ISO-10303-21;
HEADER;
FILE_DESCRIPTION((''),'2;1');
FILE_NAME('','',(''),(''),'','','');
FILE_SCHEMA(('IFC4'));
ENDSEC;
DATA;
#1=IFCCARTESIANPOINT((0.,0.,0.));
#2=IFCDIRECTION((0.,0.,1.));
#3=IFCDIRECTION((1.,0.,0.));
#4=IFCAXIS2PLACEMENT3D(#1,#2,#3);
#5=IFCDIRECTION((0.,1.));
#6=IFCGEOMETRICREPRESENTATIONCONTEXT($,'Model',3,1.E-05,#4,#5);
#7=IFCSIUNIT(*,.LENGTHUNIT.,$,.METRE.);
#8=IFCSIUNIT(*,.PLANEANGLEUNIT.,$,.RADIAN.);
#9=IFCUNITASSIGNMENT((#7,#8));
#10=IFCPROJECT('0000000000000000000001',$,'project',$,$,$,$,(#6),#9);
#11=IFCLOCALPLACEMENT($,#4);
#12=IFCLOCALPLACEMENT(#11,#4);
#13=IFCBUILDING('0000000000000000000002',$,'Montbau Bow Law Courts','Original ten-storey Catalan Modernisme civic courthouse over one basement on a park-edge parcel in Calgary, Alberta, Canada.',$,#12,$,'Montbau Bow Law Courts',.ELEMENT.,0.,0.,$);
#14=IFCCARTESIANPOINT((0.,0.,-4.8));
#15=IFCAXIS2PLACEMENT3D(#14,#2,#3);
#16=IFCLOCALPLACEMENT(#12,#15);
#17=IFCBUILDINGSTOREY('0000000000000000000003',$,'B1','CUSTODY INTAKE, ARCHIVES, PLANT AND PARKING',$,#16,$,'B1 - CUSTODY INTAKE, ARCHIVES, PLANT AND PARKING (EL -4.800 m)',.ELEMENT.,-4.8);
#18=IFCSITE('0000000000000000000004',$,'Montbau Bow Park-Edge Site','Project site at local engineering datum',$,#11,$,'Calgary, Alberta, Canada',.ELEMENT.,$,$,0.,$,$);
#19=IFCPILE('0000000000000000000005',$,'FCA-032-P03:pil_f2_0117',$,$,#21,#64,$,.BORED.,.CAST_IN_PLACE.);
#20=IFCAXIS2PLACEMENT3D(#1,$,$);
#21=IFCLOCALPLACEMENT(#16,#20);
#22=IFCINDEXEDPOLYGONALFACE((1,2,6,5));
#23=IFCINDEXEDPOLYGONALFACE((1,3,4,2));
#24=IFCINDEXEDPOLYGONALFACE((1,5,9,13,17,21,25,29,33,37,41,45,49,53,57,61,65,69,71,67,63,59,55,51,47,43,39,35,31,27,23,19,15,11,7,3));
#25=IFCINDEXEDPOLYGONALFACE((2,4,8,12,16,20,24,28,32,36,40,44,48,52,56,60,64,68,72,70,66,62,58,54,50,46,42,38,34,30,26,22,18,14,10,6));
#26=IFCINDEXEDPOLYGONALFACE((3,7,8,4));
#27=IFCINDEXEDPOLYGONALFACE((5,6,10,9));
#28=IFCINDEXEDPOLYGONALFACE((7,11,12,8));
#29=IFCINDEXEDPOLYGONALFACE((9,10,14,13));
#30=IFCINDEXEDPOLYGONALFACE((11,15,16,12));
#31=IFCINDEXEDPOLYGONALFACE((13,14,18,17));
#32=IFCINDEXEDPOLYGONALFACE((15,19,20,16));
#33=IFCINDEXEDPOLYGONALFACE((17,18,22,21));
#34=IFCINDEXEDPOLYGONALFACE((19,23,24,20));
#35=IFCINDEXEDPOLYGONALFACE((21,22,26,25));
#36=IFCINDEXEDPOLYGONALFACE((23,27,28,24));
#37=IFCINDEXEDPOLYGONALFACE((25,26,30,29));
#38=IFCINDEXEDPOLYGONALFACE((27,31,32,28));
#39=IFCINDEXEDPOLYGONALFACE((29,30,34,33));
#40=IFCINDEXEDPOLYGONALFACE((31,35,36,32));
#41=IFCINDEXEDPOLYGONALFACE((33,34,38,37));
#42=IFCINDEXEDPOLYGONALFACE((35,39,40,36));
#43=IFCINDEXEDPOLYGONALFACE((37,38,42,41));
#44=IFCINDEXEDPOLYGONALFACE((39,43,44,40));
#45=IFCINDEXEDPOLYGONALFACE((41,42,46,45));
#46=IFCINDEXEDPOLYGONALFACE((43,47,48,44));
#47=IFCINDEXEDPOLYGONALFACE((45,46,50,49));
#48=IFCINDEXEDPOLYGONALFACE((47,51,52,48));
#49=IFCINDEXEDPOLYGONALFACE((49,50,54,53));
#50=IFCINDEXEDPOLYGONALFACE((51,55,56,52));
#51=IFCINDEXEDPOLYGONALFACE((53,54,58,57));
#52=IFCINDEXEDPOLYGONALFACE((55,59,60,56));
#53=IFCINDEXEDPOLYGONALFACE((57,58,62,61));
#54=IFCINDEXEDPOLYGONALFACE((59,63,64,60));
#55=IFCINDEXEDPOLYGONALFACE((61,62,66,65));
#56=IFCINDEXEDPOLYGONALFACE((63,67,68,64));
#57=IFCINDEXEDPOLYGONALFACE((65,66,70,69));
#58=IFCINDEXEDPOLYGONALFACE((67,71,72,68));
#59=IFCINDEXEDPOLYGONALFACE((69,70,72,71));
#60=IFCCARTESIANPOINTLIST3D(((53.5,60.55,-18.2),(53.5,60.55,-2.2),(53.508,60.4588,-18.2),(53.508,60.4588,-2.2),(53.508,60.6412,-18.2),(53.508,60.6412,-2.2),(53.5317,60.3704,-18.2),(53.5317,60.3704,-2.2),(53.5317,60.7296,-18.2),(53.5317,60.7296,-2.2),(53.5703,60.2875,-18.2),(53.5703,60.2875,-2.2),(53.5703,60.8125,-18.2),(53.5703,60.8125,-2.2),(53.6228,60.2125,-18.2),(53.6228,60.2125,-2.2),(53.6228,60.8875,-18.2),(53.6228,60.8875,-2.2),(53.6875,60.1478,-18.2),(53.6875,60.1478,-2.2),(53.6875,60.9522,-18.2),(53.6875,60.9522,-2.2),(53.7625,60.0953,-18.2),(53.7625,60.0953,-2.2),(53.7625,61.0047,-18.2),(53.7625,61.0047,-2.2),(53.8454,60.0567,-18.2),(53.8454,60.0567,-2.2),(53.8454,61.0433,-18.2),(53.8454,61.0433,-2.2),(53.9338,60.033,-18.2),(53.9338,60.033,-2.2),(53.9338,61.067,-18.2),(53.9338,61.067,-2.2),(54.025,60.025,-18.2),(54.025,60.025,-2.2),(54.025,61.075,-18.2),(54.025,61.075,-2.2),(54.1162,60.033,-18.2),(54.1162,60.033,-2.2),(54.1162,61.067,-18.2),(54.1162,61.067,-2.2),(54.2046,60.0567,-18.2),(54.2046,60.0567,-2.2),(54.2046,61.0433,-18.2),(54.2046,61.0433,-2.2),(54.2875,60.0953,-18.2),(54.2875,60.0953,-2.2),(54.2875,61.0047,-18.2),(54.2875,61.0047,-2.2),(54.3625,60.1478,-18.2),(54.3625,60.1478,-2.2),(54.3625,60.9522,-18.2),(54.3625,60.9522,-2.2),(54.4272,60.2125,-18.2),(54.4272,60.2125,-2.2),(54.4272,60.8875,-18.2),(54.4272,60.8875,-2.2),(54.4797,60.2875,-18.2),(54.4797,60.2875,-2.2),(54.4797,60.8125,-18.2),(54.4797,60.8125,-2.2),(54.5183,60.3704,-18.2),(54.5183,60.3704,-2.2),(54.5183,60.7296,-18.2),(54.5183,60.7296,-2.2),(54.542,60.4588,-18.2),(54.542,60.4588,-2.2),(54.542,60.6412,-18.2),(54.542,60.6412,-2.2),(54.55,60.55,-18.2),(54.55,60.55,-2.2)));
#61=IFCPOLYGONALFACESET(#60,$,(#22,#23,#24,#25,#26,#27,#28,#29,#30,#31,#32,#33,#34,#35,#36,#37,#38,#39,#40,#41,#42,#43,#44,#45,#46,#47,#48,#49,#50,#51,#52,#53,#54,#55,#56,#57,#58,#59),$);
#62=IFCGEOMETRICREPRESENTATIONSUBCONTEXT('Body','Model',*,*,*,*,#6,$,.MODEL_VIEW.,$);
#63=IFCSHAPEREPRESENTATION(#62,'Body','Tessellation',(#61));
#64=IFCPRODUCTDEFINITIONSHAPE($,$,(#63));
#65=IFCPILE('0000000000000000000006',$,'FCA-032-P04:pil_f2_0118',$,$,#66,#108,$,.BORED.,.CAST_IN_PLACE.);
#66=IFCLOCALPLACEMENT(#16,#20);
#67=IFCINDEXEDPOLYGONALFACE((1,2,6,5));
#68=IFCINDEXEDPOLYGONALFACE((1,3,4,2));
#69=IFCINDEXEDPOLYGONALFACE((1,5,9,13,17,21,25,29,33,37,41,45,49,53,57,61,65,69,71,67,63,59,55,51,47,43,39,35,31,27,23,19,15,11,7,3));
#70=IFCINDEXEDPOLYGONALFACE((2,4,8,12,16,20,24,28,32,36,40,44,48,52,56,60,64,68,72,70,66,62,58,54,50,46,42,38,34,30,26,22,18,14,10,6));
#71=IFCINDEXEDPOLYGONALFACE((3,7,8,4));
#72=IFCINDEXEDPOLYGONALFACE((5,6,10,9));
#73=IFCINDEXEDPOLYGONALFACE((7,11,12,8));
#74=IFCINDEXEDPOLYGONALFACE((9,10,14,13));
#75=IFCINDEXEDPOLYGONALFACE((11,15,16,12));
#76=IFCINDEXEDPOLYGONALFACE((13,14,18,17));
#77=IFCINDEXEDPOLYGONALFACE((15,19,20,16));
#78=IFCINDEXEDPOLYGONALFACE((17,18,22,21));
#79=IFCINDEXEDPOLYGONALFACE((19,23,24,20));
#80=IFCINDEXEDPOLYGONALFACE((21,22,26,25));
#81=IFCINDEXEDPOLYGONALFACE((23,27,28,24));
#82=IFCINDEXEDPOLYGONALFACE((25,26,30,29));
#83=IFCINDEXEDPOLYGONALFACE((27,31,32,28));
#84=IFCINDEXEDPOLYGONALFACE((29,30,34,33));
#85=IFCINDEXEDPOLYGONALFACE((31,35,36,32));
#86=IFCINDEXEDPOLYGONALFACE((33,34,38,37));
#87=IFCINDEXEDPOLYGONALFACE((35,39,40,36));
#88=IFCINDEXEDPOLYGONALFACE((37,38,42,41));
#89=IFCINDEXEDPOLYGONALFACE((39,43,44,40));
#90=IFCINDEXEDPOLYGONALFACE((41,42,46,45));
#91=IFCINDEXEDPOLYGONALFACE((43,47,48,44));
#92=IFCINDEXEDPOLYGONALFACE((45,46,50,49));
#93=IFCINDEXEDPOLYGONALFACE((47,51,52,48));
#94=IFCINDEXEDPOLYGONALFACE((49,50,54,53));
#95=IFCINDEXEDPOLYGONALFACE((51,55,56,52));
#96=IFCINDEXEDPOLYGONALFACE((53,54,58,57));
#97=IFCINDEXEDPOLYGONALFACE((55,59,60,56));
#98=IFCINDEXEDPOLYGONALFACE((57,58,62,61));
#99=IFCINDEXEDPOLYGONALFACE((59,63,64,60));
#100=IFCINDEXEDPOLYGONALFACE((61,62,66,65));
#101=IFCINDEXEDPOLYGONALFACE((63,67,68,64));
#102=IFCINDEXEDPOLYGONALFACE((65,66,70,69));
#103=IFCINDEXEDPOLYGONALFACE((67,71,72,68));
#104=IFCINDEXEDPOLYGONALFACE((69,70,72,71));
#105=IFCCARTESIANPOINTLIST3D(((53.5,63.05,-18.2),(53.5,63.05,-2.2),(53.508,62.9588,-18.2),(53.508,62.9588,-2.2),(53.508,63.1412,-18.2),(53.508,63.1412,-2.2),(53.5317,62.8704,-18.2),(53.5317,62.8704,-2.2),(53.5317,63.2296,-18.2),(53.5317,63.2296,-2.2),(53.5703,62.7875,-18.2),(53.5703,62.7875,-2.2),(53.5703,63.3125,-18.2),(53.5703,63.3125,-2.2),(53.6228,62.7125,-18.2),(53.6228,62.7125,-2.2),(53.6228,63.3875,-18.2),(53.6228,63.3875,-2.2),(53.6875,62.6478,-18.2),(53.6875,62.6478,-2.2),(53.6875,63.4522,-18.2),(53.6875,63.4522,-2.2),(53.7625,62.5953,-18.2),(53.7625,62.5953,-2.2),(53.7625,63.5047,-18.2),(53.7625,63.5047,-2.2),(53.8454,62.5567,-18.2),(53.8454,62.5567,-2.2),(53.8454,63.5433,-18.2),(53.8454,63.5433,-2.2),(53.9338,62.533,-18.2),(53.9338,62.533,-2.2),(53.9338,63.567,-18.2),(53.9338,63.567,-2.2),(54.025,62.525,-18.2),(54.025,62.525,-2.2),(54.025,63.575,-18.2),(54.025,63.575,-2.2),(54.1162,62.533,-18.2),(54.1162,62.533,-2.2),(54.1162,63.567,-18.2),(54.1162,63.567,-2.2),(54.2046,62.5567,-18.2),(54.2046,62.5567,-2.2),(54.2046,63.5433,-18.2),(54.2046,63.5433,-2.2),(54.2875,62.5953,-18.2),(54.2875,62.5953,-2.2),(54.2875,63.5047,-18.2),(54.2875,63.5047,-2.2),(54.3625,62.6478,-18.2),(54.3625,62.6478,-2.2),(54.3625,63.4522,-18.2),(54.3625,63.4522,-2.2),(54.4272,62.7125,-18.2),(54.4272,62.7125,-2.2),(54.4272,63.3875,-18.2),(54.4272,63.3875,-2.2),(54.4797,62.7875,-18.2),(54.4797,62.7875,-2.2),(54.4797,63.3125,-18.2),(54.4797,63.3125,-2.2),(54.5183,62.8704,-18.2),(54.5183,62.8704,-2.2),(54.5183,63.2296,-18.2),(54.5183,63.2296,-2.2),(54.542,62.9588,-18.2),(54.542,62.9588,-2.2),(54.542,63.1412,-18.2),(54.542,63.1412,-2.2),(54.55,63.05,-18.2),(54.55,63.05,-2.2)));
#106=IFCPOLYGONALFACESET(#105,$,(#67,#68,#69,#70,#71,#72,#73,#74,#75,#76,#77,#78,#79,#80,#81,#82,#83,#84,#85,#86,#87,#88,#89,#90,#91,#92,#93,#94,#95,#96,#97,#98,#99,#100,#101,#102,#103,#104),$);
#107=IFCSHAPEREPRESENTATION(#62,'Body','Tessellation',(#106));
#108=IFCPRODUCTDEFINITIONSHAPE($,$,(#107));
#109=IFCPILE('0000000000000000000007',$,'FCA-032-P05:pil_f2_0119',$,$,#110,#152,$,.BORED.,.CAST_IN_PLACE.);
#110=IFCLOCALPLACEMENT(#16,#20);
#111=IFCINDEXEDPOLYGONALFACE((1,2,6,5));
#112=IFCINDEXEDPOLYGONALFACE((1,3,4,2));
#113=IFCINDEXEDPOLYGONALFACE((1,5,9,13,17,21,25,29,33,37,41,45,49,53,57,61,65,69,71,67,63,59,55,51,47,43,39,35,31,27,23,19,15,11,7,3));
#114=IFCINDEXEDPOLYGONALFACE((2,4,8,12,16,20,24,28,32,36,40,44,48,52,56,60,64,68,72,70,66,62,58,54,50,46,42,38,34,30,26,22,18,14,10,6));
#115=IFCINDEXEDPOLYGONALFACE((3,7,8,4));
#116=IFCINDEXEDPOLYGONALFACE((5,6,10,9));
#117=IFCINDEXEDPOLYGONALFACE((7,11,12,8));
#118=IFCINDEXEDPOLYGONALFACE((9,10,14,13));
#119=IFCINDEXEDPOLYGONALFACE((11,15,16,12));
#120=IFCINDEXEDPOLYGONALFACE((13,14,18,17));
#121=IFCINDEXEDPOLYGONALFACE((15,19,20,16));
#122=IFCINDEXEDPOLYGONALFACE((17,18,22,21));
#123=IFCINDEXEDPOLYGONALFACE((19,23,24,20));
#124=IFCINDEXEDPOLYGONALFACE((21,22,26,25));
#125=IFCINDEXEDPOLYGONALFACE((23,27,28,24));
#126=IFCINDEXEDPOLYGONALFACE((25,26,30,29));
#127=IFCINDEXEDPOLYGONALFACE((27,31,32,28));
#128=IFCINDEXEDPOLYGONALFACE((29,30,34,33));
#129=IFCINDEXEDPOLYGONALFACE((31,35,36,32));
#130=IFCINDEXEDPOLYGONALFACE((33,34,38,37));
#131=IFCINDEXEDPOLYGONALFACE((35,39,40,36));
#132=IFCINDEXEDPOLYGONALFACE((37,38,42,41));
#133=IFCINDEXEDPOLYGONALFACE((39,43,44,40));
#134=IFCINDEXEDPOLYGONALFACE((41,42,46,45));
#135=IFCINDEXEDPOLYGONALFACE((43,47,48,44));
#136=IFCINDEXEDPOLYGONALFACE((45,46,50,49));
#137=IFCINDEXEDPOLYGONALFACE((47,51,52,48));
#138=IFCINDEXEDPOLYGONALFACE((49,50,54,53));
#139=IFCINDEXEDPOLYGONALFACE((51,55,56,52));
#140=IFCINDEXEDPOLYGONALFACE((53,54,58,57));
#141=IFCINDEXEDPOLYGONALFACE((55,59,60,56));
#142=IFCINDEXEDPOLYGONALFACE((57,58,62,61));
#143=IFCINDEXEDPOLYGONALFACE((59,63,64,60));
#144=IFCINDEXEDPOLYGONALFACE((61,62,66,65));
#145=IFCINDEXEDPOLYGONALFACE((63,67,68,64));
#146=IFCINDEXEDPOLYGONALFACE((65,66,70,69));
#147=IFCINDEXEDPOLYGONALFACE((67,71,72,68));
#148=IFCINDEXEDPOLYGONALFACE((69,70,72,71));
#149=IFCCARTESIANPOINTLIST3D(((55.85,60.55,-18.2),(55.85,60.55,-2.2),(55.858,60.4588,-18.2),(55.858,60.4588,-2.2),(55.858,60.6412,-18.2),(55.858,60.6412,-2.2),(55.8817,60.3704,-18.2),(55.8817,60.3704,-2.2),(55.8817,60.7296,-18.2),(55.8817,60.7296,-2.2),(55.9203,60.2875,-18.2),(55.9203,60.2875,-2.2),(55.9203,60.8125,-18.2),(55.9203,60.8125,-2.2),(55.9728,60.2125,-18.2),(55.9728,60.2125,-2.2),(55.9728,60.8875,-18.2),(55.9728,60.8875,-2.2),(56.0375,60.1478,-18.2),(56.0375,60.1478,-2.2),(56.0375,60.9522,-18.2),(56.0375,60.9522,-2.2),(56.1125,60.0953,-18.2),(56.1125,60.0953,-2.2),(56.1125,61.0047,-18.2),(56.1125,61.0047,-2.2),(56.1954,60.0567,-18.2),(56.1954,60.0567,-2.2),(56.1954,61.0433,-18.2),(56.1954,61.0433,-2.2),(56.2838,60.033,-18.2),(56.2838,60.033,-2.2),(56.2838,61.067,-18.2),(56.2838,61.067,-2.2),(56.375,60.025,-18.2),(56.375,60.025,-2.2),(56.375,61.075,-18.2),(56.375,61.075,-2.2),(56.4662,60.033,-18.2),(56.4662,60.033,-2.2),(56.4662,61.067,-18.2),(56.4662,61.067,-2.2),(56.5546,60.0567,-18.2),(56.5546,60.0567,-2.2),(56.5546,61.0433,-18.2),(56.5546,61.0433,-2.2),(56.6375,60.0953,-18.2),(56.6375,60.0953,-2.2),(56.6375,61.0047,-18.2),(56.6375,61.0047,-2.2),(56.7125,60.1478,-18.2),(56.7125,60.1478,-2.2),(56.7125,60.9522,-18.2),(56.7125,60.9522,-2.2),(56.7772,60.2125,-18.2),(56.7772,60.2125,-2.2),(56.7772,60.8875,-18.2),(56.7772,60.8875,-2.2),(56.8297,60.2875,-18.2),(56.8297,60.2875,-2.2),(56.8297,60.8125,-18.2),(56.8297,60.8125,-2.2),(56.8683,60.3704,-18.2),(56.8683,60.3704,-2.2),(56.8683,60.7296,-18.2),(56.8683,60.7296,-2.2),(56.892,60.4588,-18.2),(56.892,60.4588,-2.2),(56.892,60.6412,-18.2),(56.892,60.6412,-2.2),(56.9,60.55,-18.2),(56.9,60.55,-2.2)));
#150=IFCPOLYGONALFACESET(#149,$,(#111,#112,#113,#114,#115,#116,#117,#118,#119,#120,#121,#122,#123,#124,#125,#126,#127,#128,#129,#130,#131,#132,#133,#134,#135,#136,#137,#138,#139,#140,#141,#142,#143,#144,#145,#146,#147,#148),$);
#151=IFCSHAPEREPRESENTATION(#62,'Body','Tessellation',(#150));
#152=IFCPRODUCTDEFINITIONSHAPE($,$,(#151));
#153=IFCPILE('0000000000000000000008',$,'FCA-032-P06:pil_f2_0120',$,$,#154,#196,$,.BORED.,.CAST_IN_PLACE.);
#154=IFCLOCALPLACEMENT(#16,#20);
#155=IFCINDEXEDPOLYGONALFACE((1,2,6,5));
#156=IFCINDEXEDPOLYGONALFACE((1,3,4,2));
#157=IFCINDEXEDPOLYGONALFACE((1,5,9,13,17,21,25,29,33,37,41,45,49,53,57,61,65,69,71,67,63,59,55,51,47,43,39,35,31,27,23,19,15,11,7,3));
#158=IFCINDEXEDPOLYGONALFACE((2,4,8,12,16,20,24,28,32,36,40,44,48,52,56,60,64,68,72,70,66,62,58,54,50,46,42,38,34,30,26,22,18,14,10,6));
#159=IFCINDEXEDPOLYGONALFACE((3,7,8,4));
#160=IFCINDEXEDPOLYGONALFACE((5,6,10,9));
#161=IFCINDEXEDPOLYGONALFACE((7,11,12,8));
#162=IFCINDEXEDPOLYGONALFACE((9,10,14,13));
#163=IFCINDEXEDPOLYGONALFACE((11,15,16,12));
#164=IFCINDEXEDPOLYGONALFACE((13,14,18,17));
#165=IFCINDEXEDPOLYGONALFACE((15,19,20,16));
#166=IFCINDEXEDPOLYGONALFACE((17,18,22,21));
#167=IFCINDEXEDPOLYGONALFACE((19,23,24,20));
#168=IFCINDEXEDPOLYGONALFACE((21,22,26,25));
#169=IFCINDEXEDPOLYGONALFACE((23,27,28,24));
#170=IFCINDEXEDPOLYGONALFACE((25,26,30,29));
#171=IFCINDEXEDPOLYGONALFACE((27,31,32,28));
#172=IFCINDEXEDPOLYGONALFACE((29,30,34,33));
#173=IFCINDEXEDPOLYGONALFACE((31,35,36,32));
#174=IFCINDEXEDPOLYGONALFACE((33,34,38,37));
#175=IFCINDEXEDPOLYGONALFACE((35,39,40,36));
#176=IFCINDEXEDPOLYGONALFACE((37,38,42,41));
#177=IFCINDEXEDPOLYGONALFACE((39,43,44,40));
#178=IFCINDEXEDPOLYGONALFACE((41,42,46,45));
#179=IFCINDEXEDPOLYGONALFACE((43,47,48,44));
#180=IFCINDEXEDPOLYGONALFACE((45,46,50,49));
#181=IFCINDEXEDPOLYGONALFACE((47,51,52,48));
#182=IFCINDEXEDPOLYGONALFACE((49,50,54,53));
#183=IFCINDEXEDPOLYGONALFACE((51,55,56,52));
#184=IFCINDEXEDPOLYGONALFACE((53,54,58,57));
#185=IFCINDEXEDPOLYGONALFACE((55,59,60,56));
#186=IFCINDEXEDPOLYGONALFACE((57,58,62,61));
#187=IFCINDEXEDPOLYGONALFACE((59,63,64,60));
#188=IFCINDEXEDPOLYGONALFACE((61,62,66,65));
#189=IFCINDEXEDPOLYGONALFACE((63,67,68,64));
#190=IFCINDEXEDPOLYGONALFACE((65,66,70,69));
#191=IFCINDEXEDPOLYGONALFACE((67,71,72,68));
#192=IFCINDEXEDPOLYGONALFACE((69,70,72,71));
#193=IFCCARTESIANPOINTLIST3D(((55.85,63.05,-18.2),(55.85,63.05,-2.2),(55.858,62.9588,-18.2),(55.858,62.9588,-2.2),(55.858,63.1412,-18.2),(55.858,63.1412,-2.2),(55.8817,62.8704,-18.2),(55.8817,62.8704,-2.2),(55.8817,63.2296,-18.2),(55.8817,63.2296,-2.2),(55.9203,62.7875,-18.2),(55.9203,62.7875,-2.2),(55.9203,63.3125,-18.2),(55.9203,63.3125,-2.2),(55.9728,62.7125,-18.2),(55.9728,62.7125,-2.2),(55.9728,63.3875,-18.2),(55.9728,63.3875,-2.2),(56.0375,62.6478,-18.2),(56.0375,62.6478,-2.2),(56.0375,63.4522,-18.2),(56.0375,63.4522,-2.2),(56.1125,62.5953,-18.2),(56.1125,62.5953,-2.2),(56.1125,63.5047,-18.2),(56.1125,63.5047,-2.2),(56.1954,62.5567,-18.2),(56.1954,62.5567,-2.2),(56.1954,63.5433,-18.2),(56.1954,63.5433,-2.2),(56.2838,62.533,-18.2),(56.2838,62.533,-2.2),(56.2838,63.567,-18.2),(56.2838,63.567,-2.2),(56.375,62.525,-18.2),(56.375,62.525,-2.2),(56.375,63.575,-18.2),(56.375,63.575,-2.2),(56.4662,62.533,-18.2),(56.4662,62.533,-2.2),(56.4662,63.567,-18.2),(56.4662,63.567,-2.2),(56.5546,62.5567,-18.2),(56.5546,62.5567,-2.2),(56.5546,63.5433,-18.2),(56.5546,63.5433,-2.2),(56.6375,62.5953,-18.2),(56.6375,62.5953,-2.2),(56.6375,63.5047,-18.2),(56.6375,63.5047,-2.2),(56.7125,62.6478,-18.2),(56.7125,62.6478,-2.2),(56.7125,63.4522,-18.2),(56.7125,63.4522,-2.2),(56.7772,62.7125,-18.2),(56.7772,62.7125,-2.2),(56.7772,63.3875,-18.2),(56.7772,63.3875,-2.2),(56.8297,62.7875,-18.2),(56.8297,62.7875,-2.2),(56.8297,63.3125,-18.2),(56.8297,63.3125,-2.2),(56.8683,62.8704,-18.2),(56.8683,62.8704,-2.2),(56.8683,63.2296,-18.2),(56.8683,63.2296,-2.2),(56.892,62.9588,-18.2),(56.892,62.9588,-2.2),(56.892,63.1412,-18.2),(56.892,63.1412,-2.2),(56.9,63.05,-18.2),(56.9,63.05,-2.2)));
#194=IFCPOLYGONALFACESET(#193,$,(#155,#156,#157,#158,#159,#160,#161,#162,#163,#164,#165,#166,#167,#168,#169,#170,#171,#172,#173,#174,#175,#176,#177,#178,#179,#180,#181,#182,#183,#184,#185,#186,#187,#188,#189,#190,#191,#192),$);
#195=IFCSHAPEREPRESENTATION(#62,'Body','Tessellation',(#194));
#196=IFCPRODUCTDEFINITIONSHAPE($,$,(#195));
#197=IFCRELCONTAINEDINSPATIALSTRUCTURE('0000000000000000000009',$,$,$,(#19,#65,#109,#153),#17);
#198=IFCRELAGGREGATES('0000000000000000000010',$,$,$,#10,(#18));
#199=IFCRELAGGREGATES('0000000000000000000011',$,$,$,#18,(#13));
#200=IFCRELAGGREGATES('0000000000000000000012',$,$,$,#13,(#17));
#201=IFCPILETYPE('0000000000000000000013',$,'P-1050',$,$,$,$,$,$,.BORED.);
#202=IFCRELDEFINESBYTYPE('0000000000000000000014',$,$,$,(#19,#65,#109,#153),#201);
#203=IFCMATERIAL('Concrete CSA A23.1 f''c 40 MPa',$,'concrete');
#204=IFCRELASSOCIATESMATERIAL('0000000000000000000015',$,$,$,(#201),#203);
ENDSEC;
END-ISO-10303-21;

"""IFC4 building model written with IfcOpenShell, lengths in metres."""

from ifc_helpers import new_model, si_unit, direction, frame, origin_with_axes, origin_2d_with_axis, place, context, subcontext, project, spatial, circle, extrude, material, material_profile, profile_set, type_object, element, save


model = new_model("IFC4")

# Units and contexts
model_context = context("Model", 3, precision=1e-05, world=origin_with_axes(), true_north=direction((0.0, 1.0)))
body_context = subcontext(model_context, "Body", "Model", "MODEL_VIEW")
ifc_project = project(units=[si_unit("LENGTHUNIT", "METRE"), si_unit("PLANEANGLEUNIT", "RADIAN")], contexts=[model_context])

# Site, building, storey
site_placement = place(None, origin_with_axes())
site = spatial("IfcSite", under=ifc_project, at=site_placement, Name="Montbau Bow Park-Edge Site", Description="Project site at local engineering datum", LongName="Calgary, Alberta, Canada", CompositionType="ELEMENT", RefElevation=0.0)
building_placement = place(site_placement, origin_with_axes())
building = spatial("IfcBuilding", under=site, at=building_placement, Name="Montbau Bow Law Courts", Description="Original ten-storey Catalan Modernisme civic courthouse over one basement on a park-edge parcel in Calgary, Alberta, Canada.", LongName="Montbau Bow Law Courts", CompositionType="ELEMENT", ElevationOfRefHeight=0.0, ElevationOfTerrain=0.0)
storey_placement = place(building_placement, frame((0.0, 0.0, -4.8), z_axis=(0.0, 0.0, 1.0), x_axis=(1.0, 0.0, 0.0)))
storey = spatial("IfcBuildingStorey", under=building, at=storey_placement, Name="B1", Description="CUSTODY INTAKE, ARCHIVES, PLANT AND PARKING", LongName="B1 - CUSTODY INTAKE, ARCHIVES, PLANT AND PARKING (EL -4.800 m)", CompositionType="ELEMENT", Elevation=-4.8)

# Piles
ifc_material_1 = material(Name="Concrete CSA A23.1 f'c 40 MPa", Category="concrete")
ifc_material_profile_1 = material_profile(ifc_material_1, circle(Radius=0.525, at=origin_2d_with_axis()), Name="BP1050", Category="Main", Priority=0)
ifc_profile_set_1 = profile_set([ifc_material_profile_1], Name="Concrete CSA A23.1 f'c 40 MPa")
pile_type_1 = type_object("IfcPileType", Name="P-1050", PredefinedType="BORED", material=ifc_profile_set_1)
for number, where, z_axis, x_axis, name in (
    (1, (54.025, 60.55, -23.0), (0.0, 0.0, 1.0), (1.0, 0.0, 0.0), "FCA-032-P03:pil_f2_0117"),
    (2, (54.025, 63.05, -23.0), (0.0, 0.0, 1.0), (1.0, 0.0, 0.0), "FCA-032-P04:pil_f2_0118"),
    (3, (56.375, 60.55, -23.0), (0.0, 0.0, 1.0), (1.0, 0.0, 0.0), "FCA-032-P05:pil_f2_0119"),
    (4, (56.375, 63.05, -23.0), (0.0, 0.0, 1.0), (1.0, 0.0, 0.0), "FCA-032-P06:pil_f2_0120"),
):
    element("IfcPile", number, at=place(None, frame(where, z_axis=z_axis, x_axis=x_axis)), inside=storey, type_object=pile_type_1, Name=name, ConstructionType="CAST_IN_PLACE", PredefinedType="BORED", context=body_context, shape_type="SweptSolid", body=[
        extrude(circle(Radius=0.525, at=origin_2d_with_axis()), origin_with_axes(), (0.0, 0.0, 1.0), 16.0),
    ])

save(model, "model.ifc")
